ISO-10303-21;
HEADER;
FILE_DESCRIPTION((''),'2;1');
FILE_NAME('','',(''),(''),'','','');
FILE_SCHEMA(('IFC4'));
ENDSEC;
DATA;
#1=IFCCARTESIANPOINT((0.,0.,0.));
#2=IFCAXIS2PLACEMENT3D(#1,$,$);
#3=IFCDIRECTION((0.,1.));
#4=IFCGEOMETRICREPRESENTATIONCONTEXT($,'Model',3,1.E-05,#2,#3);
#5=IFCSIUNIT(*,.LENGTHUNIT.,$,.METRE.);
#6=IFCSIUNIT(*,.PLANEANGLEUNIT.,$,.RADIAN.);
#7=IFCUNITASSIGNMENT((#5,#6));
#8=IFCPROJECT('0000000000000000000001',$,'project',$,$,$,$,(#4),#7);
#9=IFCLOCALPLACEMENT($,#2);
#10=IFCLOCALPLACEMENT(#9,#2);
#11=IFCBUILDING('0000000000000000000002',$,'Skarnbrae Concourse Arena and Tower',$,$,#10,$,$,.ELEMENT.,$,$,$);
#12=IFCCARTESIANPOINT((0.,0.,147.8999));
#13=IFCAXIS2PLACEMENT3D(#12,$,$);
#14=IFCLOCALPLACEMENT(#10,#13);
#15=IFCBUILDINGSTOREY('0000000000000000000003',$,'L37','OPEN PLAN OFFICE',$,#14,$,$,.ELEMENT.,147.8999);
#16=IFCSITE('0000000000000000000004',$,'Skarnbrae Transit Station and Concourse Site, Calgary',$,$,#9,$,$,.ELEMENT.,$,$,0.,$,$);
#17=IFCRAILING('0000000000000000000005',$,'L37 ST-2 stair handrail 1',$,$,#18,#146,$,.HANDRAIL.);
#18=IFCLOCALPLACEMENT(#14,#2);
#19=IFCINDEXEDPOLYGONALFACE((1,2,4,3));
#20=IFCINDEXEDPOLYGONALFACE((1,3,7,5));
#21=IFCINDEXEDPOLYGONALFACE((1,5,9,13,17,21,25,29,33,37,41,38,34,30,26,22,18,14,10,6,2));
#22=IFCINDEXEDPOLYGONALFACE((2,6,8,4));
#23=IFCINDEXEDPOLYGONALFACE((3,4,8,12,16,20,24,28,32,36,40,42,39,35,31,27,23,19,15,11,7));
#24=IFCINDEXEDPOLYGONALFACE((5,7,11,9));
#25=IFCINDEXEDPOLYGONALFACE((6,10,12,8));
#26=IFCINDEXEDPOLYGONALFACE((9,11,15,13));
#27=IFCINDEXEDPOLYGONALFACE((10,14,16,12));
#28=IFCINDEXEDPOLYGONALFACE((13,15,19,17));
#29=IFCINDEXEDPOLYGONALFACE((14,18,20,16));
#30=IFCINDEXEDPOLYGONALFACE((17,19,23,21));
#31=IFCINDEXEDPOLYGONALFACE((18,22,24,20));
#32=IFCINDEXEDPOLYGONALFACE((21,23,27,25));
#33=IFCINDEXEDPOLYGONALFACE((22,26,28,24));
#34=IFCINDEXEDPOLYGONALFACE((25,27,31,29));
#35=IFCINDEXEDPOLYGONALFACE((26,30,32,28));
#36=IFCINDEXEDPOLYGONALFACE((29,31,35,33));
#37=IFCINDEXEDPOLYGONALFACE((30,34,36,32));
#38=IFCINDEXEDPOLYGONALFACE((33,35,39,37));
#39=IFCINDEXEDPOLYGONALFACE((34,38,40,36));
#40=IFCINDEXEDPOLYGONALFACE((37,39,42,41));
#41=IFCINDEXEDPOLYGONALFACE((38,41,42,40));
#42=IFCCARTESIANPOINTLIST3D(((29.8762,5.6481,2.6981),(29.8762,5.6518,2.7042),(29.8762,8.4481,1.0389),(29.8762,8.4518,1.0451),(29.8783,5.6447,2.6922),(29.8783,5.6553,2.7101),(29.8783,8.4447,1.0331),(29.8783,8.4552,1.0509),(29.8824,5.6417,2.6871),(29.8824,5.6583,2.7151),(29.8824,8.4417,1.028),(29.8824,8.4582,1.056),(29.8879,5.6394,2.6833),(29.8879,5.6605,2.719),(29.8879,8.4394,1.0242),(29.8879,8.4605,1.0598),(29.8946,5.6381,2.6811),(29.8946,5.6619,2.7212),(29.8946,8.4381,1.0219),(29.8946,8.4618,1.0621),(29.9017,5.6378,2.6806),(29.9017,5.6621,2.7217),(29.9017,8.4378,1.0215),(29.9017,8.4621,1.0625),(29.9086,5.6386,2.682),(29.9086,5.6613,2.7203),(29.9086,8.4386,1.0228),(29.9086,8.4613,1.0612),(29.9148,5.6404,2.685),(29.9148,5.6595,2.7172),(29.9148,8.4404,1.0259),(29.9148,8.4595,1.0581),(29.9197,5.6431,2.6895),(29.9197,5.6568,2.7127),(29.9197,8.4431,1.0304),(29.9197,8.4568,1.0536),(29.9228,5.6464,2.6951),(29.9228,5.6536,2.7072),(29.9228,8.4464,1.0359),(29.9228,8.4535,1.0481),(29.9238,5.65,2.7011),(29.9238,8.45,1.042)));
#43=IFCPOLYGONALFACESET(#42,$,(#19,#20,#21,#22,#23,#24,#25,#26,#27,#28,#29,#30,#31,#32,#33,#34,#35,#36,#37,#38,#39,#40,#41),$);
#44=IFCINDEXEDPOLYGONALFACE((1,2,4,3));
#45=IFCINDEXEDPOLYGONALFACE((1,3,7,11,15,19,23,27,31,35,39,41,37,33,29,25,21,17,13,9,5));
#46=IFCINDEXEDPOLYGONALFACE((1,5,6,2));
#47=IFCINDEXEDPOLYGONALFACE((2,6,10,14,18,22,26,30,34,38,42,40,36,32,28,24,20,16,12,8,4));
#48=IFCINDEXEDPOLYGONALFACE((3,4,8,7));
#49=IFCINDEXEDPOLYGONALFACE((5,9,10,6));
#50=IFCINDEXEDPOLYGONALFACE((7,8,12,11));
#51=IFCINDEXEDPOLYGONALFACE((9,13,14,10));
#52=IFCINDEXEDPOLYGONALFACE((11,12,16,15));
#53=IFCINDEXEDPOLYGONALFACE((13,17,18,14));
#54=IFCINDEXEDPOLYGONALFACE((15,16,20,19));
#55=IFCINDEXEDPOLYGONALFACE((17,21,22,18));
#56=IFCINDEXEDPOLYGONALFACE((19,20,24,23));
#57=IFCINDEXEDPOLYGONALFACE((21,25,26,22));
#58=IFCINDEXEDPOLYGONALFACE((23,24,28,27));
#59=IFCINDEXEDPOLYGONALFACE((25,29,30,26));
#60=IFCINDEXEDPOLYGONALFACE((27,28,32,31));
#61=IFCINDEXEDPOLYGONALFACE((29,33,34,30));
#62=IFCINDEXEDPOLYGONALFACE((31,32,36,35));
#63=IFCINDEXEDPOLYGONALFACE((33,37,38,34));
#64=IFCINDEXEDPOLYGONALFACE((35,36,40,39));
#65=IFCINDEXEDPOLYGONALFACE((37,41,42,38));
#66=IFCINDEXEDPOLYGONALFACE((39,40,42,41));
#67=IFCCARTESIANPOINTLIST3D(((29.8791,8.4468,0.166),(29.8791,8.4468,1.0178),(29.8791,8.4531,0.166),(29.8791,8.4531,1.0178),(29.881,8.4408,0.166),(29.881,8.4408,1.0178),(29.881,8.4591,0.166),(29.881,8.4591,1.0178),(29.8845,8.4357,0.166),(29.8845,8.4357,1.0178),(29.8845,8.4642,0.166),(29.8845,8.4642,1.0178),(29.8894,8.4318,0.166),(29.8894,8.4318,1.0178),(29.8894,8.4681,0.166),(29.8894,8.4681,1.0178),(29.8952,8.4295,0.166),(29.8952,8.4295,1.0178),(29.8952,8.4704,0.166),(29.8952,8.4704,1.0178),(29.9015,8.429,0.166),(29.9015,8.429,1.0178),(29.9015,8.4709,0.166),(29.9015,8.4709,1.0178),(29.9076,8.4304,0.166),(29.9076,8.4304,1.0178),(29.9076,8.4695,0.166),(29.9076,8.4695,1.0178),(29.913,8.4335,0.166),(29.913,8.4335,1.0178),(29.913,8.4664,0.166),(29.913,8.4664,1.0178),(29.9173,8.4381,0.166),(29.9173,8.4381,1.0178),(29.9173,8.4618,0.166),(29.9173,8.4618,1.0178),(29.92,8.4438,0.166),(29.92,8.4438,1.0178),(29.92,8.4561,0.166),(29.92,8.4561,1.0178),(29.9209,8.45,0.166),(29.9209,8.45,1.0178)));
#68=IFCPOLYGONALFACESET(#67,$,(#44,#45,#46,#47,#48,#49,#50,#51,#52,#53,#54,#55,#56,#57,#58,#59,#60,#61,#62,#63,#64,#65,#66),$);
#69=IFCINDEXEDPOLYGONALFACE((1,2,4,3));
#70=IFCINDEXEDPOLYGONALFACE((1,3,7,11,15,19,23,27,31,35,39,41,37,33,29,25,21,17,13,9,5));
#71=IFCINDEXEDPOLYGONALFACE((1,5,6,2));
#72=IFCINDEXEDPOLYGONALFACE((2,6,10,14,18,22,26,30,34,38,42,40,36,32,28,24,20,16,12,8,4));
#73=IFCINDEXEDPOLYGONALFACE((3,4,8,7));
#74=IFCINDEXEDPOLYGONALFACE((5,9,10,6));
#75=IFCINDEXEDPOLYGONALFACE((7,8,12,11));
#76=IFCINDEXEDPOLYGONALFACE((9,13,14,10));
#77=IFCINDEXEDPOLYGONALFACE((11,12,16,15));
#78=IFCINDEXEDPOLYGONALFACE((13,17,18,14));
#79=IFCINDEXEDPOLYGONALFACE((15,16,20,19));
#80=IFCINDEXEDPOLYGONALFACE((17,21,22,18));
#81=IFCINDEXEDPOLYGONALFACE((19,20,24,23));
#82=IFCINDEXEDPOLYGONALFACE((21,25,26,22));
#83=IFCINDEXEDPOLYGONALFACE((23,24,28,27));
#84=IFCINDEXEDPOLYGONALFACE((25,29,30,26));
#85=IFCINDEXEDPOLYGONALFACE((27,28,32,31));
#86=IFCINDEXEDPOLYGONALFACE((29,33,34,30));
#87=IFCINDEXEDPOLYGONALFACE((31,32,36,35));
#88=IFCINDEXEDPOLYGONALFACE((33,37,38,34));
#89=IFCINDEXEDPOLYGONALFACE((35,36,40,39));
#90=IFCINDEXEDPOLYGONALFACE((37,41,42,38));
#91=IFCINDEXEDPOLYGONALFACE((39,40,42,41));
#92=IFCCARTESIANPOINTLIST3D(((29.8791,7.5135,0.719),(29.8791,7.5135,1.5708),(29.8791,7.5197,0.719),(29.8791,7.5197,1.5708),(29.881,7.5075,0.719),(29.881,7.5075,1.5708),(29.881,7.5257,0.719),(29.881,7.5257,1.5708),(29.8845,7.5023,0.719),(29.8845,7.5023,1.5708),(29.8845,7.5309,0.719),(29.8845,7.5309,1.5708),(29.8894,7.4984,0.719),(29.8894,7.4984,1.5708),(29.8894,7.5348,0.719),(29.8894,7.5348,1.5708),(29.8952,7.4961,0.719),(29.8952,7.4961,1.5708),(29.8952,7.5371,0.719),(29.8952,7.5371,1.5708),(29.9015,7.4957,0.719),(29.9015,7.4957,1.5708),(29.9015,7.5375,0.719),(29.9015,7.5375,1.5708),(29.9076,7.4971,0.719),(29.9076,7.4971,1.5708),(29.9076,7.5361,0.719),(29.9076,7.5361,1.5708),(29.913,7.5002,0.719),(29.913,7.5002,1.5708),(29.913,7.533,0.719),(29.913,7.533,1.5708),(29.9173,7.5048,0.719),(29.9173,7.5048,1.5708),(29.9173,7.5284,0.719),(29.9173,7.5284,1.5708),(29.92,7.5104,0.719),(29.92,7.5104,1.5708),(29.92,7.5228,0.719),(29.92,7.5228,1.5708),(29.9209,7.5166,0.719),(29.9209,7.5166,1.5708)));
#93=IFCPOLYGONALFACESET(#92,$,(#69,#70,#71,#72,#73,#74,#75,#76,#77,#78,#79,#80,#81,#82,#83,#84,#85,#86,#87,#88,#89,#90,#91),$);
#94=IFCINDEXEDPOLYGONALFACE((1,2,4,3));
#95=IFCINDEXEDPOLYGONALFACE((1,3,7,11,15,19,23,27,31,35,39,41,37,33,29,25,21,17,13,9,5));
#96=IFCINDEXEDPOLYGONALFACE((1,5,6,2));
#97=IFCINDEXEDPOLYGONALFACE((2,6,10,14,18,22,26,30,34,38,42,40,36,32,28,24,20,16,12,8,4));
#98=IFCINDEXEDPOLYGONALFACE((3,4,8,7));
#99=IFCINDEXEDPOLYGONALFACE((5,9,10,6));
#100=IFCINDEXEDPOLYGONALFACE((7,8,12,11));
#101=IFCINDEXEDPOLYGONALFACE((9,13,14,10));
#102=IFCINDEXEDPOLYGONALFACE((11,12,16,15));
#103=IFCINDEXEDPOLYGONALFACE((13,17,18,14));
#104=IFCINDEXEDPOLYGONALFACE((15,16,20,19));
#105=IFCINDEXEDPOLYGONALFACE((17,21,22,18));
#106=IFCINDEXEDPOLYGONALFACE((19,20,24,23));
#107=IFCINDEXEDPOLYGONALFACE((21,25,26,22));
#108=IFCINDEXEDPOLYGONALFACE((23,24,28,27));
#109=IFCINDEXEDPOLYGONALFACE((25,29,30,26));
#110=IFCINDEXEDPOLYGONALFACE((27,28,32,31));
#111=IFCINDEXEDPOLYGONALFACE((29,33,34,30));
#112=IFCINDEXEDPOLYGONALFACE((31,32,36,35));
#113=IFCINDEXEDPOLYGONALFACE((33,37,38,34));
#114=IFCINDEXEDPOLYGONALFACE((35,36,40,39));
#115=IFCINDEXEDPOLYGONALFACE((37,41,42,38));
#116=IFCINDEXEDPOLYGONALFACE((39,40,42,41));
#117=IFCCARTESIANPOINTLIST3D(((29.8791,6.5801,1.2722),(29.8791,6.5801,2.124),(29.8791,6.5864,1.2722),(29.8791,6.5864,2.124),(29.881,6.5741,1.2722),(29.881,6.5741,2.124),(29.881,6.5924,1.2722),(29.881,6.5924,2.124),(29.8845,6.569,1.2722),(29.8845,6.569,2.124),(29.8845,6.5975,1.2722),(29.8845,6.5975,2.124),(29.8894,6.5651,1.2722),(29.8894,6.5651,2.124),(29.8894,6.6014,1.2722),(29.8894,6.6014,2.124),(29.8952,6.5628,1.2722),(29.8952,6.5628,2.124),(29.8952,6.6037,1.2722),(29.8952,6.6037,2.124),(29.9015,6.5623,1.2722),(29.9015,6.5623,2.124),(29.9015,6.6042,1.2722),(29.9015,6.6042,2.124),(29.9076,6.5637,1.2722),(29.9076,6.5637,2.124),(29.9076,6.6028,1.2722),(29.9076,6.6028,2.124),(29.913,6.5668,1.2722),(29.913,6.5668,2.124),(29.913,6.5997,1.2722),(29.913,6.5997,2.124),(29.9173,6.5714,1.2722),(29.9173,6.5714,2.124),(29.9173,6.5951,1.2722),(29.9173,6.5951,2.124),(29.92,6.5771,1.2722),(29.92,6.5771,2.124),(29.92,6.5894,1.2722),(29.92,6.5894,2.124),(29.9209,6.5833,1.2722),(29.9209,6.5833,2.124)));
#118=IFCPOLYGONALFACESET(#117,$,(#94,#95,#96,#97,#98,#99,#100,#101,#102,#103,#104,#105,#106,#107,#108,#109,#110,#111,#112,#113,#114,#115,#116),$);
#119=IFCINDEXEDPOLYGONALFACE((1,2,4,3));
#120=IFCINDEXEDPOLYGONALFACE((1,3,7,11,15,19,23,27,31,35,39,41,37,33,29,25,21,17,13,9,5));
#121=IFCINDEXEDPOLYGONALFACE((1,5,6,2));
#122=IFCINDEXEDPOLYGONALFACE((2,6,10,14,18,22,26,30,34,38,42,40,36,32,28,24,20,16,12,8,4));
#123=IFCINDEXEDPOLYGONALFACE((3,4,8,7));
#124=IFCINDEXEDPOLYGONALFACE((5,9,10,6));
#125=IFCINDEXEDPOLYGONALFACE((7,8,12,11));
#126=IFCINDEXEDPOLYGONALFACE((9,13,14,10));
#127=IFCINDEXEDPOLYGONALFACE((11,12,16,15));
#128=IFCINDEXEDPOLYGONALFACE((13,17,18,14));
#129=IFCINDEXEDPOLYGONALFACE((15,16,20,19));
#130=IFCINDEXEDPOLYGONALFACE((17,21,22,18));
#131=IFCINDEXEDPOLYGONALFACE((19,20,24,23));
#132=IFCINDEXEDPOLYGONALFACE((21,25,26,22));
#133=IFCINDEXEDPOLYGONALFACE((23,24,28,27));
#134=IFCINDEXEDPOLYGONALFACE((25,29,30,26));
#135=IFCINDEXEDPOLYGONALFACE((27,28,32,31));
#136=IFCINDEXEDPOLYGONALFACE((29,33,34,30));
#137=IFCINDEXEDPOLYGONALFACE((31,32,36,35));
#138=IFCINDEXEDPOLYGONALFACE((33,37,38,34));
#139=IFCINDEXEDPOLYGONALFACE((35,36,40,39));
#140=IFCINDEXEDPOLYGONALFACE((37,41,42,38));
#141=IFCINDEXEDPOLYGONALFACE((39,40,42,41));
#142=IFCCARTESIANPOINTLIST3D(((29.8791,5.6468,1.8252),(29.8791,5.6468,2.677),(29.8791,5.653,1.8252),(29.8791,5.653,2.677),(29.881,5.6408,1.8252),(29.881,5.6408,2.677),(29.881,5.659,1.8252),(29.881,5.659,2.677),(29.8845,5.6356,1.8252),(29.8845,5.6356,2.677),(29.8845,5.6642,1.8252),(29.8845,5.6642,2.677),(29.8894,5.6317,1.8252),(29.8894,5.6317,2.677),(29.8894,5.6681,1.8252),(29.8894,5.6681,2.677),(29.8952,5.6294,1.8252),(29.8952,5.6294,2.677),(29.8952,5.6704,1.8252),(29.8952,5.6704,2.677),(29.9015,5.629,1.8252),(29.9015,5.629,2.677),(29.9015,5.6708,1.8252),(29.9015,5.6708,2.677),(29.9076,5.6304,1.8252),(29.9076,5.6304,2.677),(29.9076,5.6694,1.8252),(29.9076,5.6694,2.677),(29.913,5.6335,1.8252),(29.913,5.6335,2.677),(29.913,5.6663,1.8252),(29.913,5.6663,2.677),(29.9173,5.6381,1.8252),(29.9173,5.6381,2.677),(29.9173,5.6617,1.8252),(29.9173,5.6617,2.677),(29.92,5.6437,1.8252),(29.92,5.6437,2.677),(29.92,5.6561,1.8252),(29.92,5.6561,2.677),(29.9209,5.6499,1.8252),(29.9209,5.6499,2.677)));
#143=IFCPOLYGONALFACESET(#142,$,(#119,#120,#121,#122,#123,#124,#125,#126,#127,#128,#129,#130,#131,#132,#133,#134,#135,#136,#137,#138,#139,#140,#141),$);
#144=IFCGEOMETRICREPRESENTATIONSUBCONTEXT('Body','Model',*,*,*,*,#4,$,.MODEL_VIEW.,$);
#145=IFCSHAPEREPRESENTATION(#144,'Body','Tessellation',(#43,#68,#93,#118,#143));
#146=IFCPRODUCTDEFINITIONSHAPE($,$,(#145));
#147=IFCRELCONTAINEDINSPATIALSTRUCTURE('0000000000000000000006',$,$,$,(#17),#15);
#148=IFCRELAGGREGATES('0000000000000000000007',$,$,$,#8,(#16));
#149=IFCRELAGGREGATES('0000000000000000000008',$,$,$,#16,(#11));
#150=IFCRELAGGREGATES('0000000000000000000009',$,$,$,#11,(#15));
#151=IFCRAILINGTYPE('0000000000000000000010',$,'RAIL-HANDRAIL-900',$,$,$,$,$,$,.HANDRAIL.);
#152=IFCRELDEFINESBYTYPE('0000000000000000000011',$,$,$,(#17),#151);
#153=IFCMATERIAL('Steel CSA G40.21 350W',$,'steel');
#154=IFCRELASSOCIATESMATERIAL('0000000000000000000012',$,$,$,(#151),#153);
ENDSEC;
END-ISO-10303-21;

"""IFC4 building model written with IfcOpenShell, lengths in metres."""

from ifc_helpers import new_model, si_unit, direction, frame, origin, origin_2d, place, context, subcontext, project, spatial, circle, extrude, material, type_object, element, save


model = new_model("IFC4")

# Units and contexts
model_context = context("Model", 3, precision=1e-05, world=origin(), true_north=direction((0.0, 1.0)))
body_context = subcontext(model_context, "Body", "Model", "MODEL_VIEW")
ifc_project = project(units=[si_unit("LENGTHUNIT", "METRE"), si_unit("PLANEANGLEUNIT", "RADIAN")], contexts=[model_context])

# Site, building, storey
site_placement = place(None, origin())
site = spatial("IfcSite", under=ifc_project, at=site_placement, Name="Skarnbrae Transit Station and Concourse Site, Calgary", CompositionType="ELEMENT", RefElevation=0.0)
building_placement = place(site_placement, origin())
building = spatial("IfcBuilding", under=site, at=building_placement, Name="Skarnbrae Concourse Arena and Tower", CompositionType="ELEMENT")
storey_placement = place(building_placement, frame((0.0, 0.0, 147.8999)))
storey = spatial("IfcBuildingStorey", under=building, at=storey_placement, Name="L37", Description="OPEN PLAN OFFICE", CompositionType="ELEMENT", Elevation=147.8999)

# Shared definitions
ifc_material_1 = material(Name="Steel CSA G40.21 350W", Category="steel")

# Railing
railing_type_1 = type_object("IfcRailingType", Name="RAIL-HANDRAIL-900", PredefinedType="HANDRAIL", material=ifc_material_1)
railing_1_placement = place(storey_placement, frame((29.8999, 8.45, 0.166)))
element("IfcRailing", 1, at=railing_1_placement, inside=storey, type_object=railing_type_1, Name="L37 ST-2 stair handrail 1", PredefinedType="HANDRAIL", context=body_context, shape_type="SweptSolid", body=[
    extrude(circle(Radius=0.0239, at=origin_2d()), frame((0.0, 0.0, 0.876), z_axis=(0.0, -0.860306, 0.509778), x_axis=(1.0, 0.0, 0.0)), (0.0, 0.0, 1.0), 3.2546),
    extrude(circle(Radius=0.021, at=origin_2d()), origin(), (0.0, 0.0, 1.0), 0.8518),
    extrude(circle(Radius=0.021, at=origin_2d()), frame((0.0, -0.9333, 0.553)), (0.0, 0.0, 1.0), 0.8518),
    extrude(circle(Radius=0.021, at=origin_2d()), frame((0.0, -1.8667, 1.1062)), (0.0, 0.0, 1.0), 0.8518),
    extrude(circle(Radius=0.021, at=origin_2d()), frame((0.0, -2.8, 1.6592)), (0.0, 0.0, 1.0), 0.8518),
])

save(model, "model.ifc")
